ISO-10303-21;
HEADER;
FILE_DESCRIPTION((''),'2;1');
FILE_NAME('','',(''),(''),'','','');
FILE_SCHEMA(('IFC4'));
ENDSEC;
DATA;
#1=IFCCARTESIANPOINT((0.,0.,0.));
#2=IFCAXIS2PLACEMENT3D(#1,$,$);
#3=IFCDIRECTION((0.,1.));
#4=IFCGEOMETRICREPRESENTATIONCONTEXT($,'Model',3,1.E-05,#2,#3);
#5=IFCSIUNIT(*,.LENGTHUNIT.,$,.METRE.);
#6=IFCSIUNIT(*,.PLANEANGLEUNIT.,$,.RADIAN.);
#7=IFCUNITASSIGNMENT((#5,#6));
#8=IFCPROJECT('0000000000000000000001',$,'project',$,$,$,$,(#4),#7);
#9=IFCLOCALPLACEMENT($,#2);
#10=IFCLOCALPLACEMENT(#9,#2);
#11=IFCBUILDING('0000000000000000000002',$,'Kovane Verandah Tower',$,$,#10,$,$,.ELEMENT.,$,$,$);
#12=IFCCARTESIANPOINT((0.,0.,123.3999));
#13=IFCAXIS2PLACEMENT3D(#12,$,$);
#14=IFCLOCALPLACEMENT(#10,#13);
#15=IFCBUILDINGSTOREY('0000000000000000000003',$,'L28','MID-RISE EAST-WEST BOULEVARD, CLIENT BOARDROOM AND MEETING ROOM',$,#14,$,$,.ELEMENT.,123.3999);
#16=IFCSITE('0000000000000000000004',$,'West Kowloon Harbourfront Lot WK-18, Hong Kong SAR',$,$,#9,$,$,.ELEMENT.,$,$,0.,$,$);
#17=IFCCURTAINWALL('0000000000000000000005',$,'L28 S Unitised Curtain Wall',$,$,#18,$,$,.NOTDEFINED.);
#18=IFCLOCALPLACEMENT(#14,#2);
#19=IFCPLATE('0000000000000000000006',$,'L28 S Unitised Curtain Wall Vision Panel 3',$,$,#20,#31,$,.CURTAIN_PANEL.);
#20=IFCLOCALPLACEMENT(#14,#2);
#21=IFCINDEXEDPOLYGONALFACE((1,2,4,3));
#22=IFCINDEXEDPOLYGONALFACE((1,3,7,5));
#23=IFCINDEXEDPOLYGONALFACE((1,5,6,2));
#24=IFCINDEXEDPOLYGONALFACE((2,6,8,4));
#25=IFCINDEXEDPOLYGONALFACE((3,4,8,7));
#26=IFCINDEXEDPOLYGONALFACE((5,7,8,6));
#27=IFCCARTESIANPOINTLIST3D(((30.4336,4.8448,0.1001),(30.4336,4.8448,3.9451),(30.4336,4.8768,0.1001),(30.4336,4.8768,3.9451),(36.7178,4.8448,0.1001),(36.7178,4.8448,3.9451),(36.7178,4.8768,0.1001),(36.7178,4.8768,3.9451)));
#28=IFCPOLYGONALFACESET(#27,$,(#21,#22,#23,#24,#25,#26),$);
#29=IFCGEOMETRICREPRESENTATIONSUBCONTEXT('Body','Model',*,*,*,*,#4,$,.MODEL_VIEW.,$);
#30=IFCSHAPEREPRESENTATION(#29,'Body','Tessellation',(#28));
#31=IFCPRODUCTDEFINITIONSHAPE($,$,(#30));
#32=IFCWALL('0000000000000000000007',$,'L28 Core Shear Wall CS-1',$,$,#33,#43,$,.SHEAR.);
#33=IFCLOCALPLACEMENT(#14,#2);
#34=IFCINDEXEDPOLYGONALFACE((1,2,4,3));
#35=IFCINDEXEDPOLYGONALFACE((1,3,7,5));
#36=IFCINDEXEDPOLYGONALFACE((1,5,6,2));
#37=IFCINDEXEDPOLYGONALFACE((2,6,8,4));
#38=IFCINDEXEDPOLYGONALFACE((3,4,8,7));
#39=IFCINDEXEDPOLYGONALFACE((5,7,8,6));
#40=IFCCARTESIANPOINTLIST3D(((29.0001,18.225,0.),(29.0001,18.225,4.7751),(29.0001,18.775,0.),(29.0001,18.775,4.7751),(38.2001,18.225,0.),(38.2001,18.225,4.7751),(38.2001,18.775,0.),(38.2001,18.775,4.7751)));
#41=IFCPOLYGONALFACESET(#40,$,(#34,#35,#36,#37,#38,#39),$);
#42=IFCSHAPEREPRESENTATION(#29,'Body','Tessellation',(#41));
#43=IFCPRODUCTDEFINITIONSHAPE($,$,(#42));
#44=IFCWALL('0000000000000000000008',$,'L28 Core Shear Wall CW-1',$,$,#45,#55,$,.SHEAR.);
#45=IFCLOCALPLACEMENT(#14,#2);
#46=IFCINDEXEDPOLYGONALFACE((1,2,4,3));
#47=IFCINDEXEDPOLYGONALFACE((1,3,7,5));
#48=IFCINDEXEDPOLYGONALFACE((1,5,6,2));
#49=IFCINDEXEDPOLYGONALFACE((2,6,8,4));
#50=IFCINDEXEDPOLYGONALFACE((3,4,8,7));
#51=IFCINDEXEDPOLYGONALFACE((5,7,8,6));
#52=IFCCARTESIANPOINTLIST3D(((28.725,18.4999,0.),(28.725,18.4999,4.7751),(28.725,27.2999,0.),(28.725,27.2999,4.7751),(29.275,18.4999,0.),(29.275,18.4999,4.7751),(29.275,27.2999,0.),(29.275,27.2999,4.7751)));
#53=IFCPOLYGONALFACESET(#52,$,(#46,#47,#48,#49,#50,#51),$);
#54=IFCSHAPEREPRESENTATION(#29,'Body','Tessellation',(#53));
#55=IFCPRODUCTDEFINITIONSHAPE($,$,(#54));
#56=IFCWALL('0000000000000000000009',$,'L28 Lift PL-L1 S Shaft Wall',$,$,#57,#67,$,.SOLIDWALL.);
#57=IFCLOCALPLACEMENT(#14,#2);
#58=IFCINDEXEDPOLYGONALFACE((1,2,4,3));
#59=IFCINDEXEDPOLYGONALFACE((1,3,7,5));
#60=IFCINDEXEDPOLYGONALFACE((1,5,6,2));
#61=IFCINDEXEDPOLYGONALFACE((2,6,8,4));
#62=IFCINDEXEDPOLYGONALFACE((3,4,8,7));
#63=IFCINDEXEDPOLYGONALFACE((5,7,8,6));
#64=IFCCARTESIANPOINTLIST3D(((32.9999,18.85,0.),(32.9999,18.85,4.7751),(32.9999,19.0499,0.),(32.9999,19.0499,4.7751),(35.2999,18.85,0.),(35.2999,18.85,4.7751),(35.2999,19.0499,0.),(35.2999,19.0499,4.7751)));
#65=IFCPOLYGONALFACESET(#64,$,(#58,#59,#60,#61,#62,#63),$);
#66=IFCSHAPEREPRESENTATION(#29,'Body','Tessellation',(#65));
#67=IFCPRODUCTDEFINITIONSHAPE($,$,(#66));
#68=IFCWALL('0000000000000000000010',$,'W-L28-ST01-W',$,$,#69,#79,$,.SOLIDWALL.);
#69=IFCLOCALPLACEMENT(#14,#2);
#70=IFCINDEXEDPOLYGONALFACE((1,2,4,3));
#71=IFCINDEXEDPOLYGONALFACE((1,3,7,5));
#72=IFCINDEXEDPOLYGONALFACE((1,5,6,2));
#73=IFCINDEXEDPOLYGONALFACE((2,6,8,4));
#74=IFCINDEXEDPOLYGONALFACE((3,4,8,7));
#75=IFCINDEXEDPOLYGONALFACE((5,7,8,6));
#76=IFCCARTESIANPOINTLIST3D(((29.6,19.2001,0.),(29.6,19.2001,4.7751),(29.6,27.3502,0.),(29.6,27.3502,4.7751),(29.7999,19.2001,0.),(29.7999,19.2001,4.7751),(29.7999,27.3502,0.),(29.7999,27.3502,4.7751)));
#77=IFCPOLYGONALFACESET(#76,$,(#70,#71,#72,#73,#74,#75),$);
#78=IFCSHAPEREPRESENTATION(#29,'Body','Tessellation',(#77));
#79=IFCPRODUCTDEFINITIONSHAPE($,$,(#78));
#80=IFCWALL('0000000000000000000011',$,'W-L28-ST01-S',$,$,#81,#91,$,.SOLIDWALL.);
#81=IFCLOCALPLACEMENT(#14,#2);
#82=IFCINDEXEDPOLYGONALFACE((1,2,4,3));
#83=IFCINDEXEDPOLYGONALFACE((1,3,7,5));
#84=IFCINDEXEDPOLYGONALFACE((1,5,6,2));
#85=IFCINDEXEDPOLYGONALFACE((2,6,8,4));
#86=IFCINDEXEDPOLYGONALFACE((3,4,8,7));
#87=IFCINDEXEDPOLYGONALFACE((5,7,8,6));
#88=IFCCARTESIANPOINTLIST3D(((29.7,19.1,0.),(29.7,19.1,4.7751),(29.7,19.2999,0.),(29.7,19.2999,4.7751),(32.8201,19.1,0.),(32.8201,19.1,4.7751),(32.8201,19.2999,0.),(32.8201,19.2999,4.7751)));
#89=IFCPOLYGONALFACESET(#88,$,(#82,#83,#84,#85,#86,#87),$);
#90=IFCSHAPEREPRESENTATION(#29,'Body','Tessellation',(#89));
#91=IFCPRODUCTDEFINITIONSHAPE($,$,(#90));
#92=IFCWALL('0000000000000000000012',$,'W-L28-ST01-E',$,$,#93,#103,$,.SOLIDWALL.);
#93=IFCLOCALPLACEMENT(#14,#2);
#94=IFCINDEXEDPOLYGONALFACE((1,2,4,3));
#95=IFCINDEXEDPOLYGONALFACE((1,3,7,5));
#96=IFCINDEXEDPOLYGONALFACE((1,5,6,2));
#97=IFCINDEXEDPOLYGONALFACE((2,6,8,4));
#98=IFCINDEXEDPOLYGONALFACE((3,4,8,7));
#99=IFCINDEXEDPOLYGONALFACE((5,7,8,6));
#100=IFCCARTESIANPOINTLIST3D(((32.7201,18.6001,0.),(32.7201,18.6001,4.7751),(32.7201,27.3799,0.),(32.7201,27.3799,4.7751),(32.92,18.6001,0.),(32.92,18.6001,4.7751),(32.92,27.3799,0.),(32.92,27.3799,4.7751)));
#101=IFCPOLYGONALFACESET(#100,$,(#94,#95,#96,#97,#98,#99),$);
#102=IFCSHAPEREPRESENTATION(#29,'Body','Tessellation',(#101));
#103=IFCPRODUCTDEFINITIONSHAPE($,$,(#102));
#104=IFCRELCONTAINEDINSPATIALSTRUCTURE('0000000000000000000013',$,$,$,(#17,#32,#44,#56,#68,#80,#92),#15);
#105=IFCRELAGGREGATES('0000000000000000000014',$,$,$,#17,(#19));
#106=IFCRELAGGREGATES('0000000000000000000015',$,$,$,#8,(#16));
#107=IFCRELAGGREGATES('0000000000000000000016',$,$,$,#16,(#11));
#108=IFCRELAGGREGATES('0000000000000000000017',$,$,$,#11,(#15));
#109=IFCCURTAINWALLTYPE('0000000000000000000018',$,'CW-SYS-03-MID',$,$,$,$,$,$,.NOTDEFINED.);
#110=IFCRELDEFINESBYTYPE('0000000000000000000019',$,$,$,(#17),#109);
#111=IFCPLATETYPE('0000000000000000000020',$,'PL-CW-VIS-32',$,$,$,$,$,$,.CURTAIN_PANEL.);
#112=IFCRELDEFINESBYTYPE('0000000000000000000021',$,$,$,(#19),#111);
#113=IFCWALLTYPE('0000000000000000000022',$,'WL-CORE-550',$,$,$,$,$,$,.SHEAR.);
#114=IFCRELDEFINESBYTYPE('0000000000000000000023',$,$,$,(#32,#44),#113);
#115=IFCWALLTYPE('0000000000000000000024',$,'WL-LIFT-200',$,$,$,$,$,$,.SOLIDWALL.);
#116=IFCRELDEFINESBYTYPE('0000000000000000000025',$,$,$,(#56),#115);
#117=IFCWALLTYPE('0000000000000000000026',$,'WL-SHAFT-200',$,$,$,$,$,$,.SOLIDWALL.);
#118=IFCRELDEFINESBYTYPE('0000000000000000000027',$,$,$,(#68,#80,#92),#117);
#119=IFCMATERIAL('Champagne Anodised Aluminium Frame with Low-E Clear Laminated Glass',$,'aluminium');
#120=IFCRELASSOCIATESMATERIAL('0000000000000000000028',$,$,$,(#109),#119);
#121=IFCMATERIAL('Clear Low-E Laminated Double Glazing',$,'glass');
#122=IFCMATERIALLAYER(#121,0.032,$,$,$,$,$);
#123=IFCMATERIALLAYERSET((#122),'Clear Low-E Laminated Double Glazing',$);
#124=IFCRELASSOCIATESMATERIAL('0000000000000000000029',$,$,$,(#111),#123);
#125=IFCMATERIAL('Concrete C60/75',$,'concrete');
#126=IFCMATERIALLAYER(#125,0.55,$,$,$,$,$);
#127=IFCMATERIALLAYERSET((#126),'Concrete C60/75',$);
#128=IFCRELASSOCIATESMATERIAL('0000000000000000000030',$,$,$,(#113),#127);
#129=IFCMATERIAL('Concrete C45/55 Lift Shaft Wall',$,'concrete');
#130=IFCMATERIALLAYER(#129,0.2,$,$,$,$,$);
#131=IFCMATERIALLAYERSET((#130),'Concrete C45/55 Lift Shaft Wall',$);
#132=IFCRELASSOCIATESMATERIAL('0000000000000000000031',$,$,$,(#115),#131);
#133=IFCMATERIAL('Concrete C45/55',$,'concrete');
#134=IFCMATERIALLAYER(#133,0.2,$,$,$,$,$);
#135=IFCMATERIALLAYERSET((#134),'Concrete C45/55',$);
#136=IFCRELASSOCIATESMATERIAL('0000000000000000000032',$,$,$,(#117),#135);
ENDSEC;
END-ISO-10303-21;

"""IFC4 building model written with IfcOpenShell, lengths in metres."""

from ifc_helpers import new_model, si_unit, direction, frame, frame_2d, origin, origin_2d, place, context, subcontext, project, spatial, rectangle, extrude, material, layer, layer_set, type_object, element, aggregate, save


model = new_model("IFC4")

# Units and contexts
model_context = context("Model", 3, precision=1e-05, world=origin(), true_north=direction((0.0, 1.0)))
body_context = subcontext(model_context, "Body", "Model", "MODEL_VIEW")
ifc_project = project(units=[si_unit("LENGTHUNIT", "METRE"), si_unit("PLANEANGLEUNIT", "RADIAN")], contexts=[model_context])

# Site, building, storey
site_placement = place(None, origin())
site = spatial("IfcSite", under=ifc_project, at=site_placement, Name="West Kowloon Harbourfront Lot WK-18, Hong Kong SAR", CompositionType="ELEMENT", RefElevation=0.0)
building_placement = place(site_placement, origin())
building = spatial("IfcBuilding", under=site, at=building_placement, Name="Kovane Verandah Tower", CompositionType="ELEMENT")
storey_placement = place(building_placement, frame((0.0, 0.0, 123.3999)))
storey = spatial("IfcBuildingStorey", under=building, at=storey_placement, Name="L28", Description="MID-RISE EAST-WEST BOULEVARD, CLIENT BOARDROOM AND MEETING ROOM", CompositionType="ELEMENT", Elevation=123.3999)

# Curtain wall
ifc_material_1 = material(Name="Champagne Anodised Aluminium Frame with Low-E Clear Laminated Glass", Category="aluminium")
curtain_wall_type = type_object("IfcCurtainWallType", Name="CW-SYS-03-MID", PredefinedType="NOTDEFINED", material=ifc_material_1)
curtain_wall_placement = place(storey_placement, origin())
curtain_wall = element("IfcCurtainWall", 1, at=curtain_wall_placement, inside=storey, type_object=curtain_wall_type, Name="L28 S Unitised Curtain Wall", PredefinedType="NOTDEFINED")

# Plate
ifc_material_2 = material(Name="Clear Low-E Laminated Double Glazing", Category="glass")
ifc_layer_1 = layer(ifc_material_2, 0.032)
ifc_layer_set_1 = layer_set([ifc_layer_1], Name="Clear Low-E Laminated Double Glazing")
plate_type_1 = type_object("IfcPlateType", Name="PL-CW-VIS-32", PredefinedType="CURTAIN_PANEL", material=ifc_layer_set_1)
plate_1_placement = place(storey_placement, frame((33.5757, 4.8608, 0.1001), z_axis=(0.0, 0.0, 1.0), x_axis=(1.0, 0.0, 0.0)))
plate_1 = element("IfcPlate", 2, at=plate_1_placement, type_object=plate_type_1, Name="L28 S Unitised Curtain Wall Vision Panel 3", PredefinedType="CURTAIN_PANEL", context=body_context, shape_type="SweptSolid", body=[
    extrude(rectangle(XDim=6.2842, YDim=0.032, at=origin_2d()), origin(), (0.0, 0.0, 1.0), 3.845),
])
aggregate(curtain_wall, [plate_1])

# Walls
ifc_material_3 = material(Name="Concrete C60/75", Category="concrete")
ifc_layer_2 = layer(ifc_material_3, 0.55)
ifc_layer_set_2 = layer_set([ifc_layer_2], Name="Concrete C60/75")
wall_type_1 = type_object("IfcWallType", Name="WL-CORE-550", PredefinedType="SHEAR", material=ifc_layer_set_2)
wall_1_placement = place(storey_placement, frame((29.0, 18.5, 0.0), z_axis=(0.0, 0.0, 1.0), x_axis=(1.0, 0.0, 0.0)))
element("IfcWall", 3, at=wall_1_placement, inside=storey, type_object=wall_type_1, Name="L28 Core Shear Wall CS-1", PredefinedType="SHEAR", context=body_context, shape_type="SweptSolid", body=[
    extrude(rectangle(XDim=9.2, YDim=0.55, at=frame_2d((4.6001, 0.0))), origin(), (0.0, 0.0, 1.0), 4.7751),
])
wall_2_placement = place(storey_placement, frame((29.0, 18.5, 0.0), z_axis=(0.0, 0.0, 1.0), x_axis=(0.0, 1.0, 0.0)))
element("IfcWall", 4, at=wall_2_placement, inside=storey, type_object=wall_type_1, Name="L28 Core Shear Wall CW-1", PredefinedType="SHEAR", context=body_context, shape_type="SweptSolid", body=[
    extrude(rectangle(XDim=8.8, YDim=0.55, at=frame_2d((4.3999, 0.0))), origin(), (0.0, 0.0, 1.0), 4.7751),
])
ifc_material_4 = material(Name="Concrete C45/55 Lift Shaft Wall", Category="concrete")
ifc_layer_3 = layer(ifc_material_4, 0.2)
ifc_layer_set_3 = layer_set([ifc_layer_3], Name="Concrete C45/55 Lift Shaft Wall")
wall_type_2 = type_object("IfcWallType", Name="WL-LIFT-200", PredefinedType="SOLIDWALL", material=ifc_layer_set_3)
wall_3_placement = place(storey_placement, frame((33.0, 18.95, 0.0), z_axis=(0.0, 0.0, 1.0), x_axis=(1.0, 0.0, 0.0)))
element("IfcWall", 5, at=wall_3_placement, inside=storey, type_object=wall_type_2, Name="L28 Lift PL-L1 S Shaft Wall", PredefinedType="SOLIDWALL", context=body_context, shape_type="SweptSolid", body=[
    extrude(rectangle(XDim=2.3, YDim=0.2, at=frame_2d((1.1499, 0.0))), origin(), (0.0, 0.0, 1.0), 4.7751),
])
ifc_material_5 = material(Name="Concrete C45/55", Category="concrete")
ifc_layer_4 = layer(ifc_material_5, 0.2)
ifc_layer_set_4 = layer_set([ifc_layer_4], Name="Concrete C45/55")
wall_type_3 = type_object("IfcWallType", Name="WL-SHAFT-200", PredefinedType="SOLIDWALL", material=ifc_layer_set_4)
wall_4_placement = place(storey_placement, frame((29.7, 19.2, 0.0), z_axis=(0.0, 0.0, 1.0), x_axis=(0.0, 1.0, 0.0)))
element("IfcWall", 6, at=wall_4_placement, inside=storey, type_object=wall_type_3, Name="W-L28-ST01-W", PredefinedType="SOLIDWALL", context=body_context, shape_type="SweptSolid", body=[
    extrude(rectangle(XDim=8.1501, YDim=0.2, at=frame_2d((4.0752, 0.0))), origin(), (0.0, 0.0, 1.0), 4.7751),
])
wall_5_placement = place(storey_placement, frame((29.7, 19.2, 0.0), z_axis=(0.0, 0.0, 1.0), x_axis=(1.0, 0.0, 0.0)))
element("IfcWall", 7, at=wall_5_placement, inside=storey, type_object=wall_type_3, Name="W-L28-ST01-S", PredefinedType="SOLIDWALL", context=body_context, shape_type="SweptSolid", body=[
    extrude(rectangle(XDim=3.1201, YDim=0.2, at=frame_2d((1.5601, 0.0))), origin(), (0.0, 0.0, 1.0), 4.7751),
])
wall_6_placement = place(storey_placement, frame((32.8201, 18.6001, 0.0), z_axis=(0.0, 0.0, 1.0), x_axis=(0.0, 1.0, 0.0)))
element("IfcWall", 8, at=wall_6_placement, inside=storey, type_object=wall_type_3, Name="W-L28-ST01-E", PredefinedType="SOLIDWALL", context=body_context, shape_type="SweptSolid", body=[
    extrude(rectangle(XDim=8.7798, YDim=0.2, at=frame_2d((4.3899, 0.0))), origin(), (0.0, 0.0, 1.0), 4.7751),
])

save(model, "model.ifc")
